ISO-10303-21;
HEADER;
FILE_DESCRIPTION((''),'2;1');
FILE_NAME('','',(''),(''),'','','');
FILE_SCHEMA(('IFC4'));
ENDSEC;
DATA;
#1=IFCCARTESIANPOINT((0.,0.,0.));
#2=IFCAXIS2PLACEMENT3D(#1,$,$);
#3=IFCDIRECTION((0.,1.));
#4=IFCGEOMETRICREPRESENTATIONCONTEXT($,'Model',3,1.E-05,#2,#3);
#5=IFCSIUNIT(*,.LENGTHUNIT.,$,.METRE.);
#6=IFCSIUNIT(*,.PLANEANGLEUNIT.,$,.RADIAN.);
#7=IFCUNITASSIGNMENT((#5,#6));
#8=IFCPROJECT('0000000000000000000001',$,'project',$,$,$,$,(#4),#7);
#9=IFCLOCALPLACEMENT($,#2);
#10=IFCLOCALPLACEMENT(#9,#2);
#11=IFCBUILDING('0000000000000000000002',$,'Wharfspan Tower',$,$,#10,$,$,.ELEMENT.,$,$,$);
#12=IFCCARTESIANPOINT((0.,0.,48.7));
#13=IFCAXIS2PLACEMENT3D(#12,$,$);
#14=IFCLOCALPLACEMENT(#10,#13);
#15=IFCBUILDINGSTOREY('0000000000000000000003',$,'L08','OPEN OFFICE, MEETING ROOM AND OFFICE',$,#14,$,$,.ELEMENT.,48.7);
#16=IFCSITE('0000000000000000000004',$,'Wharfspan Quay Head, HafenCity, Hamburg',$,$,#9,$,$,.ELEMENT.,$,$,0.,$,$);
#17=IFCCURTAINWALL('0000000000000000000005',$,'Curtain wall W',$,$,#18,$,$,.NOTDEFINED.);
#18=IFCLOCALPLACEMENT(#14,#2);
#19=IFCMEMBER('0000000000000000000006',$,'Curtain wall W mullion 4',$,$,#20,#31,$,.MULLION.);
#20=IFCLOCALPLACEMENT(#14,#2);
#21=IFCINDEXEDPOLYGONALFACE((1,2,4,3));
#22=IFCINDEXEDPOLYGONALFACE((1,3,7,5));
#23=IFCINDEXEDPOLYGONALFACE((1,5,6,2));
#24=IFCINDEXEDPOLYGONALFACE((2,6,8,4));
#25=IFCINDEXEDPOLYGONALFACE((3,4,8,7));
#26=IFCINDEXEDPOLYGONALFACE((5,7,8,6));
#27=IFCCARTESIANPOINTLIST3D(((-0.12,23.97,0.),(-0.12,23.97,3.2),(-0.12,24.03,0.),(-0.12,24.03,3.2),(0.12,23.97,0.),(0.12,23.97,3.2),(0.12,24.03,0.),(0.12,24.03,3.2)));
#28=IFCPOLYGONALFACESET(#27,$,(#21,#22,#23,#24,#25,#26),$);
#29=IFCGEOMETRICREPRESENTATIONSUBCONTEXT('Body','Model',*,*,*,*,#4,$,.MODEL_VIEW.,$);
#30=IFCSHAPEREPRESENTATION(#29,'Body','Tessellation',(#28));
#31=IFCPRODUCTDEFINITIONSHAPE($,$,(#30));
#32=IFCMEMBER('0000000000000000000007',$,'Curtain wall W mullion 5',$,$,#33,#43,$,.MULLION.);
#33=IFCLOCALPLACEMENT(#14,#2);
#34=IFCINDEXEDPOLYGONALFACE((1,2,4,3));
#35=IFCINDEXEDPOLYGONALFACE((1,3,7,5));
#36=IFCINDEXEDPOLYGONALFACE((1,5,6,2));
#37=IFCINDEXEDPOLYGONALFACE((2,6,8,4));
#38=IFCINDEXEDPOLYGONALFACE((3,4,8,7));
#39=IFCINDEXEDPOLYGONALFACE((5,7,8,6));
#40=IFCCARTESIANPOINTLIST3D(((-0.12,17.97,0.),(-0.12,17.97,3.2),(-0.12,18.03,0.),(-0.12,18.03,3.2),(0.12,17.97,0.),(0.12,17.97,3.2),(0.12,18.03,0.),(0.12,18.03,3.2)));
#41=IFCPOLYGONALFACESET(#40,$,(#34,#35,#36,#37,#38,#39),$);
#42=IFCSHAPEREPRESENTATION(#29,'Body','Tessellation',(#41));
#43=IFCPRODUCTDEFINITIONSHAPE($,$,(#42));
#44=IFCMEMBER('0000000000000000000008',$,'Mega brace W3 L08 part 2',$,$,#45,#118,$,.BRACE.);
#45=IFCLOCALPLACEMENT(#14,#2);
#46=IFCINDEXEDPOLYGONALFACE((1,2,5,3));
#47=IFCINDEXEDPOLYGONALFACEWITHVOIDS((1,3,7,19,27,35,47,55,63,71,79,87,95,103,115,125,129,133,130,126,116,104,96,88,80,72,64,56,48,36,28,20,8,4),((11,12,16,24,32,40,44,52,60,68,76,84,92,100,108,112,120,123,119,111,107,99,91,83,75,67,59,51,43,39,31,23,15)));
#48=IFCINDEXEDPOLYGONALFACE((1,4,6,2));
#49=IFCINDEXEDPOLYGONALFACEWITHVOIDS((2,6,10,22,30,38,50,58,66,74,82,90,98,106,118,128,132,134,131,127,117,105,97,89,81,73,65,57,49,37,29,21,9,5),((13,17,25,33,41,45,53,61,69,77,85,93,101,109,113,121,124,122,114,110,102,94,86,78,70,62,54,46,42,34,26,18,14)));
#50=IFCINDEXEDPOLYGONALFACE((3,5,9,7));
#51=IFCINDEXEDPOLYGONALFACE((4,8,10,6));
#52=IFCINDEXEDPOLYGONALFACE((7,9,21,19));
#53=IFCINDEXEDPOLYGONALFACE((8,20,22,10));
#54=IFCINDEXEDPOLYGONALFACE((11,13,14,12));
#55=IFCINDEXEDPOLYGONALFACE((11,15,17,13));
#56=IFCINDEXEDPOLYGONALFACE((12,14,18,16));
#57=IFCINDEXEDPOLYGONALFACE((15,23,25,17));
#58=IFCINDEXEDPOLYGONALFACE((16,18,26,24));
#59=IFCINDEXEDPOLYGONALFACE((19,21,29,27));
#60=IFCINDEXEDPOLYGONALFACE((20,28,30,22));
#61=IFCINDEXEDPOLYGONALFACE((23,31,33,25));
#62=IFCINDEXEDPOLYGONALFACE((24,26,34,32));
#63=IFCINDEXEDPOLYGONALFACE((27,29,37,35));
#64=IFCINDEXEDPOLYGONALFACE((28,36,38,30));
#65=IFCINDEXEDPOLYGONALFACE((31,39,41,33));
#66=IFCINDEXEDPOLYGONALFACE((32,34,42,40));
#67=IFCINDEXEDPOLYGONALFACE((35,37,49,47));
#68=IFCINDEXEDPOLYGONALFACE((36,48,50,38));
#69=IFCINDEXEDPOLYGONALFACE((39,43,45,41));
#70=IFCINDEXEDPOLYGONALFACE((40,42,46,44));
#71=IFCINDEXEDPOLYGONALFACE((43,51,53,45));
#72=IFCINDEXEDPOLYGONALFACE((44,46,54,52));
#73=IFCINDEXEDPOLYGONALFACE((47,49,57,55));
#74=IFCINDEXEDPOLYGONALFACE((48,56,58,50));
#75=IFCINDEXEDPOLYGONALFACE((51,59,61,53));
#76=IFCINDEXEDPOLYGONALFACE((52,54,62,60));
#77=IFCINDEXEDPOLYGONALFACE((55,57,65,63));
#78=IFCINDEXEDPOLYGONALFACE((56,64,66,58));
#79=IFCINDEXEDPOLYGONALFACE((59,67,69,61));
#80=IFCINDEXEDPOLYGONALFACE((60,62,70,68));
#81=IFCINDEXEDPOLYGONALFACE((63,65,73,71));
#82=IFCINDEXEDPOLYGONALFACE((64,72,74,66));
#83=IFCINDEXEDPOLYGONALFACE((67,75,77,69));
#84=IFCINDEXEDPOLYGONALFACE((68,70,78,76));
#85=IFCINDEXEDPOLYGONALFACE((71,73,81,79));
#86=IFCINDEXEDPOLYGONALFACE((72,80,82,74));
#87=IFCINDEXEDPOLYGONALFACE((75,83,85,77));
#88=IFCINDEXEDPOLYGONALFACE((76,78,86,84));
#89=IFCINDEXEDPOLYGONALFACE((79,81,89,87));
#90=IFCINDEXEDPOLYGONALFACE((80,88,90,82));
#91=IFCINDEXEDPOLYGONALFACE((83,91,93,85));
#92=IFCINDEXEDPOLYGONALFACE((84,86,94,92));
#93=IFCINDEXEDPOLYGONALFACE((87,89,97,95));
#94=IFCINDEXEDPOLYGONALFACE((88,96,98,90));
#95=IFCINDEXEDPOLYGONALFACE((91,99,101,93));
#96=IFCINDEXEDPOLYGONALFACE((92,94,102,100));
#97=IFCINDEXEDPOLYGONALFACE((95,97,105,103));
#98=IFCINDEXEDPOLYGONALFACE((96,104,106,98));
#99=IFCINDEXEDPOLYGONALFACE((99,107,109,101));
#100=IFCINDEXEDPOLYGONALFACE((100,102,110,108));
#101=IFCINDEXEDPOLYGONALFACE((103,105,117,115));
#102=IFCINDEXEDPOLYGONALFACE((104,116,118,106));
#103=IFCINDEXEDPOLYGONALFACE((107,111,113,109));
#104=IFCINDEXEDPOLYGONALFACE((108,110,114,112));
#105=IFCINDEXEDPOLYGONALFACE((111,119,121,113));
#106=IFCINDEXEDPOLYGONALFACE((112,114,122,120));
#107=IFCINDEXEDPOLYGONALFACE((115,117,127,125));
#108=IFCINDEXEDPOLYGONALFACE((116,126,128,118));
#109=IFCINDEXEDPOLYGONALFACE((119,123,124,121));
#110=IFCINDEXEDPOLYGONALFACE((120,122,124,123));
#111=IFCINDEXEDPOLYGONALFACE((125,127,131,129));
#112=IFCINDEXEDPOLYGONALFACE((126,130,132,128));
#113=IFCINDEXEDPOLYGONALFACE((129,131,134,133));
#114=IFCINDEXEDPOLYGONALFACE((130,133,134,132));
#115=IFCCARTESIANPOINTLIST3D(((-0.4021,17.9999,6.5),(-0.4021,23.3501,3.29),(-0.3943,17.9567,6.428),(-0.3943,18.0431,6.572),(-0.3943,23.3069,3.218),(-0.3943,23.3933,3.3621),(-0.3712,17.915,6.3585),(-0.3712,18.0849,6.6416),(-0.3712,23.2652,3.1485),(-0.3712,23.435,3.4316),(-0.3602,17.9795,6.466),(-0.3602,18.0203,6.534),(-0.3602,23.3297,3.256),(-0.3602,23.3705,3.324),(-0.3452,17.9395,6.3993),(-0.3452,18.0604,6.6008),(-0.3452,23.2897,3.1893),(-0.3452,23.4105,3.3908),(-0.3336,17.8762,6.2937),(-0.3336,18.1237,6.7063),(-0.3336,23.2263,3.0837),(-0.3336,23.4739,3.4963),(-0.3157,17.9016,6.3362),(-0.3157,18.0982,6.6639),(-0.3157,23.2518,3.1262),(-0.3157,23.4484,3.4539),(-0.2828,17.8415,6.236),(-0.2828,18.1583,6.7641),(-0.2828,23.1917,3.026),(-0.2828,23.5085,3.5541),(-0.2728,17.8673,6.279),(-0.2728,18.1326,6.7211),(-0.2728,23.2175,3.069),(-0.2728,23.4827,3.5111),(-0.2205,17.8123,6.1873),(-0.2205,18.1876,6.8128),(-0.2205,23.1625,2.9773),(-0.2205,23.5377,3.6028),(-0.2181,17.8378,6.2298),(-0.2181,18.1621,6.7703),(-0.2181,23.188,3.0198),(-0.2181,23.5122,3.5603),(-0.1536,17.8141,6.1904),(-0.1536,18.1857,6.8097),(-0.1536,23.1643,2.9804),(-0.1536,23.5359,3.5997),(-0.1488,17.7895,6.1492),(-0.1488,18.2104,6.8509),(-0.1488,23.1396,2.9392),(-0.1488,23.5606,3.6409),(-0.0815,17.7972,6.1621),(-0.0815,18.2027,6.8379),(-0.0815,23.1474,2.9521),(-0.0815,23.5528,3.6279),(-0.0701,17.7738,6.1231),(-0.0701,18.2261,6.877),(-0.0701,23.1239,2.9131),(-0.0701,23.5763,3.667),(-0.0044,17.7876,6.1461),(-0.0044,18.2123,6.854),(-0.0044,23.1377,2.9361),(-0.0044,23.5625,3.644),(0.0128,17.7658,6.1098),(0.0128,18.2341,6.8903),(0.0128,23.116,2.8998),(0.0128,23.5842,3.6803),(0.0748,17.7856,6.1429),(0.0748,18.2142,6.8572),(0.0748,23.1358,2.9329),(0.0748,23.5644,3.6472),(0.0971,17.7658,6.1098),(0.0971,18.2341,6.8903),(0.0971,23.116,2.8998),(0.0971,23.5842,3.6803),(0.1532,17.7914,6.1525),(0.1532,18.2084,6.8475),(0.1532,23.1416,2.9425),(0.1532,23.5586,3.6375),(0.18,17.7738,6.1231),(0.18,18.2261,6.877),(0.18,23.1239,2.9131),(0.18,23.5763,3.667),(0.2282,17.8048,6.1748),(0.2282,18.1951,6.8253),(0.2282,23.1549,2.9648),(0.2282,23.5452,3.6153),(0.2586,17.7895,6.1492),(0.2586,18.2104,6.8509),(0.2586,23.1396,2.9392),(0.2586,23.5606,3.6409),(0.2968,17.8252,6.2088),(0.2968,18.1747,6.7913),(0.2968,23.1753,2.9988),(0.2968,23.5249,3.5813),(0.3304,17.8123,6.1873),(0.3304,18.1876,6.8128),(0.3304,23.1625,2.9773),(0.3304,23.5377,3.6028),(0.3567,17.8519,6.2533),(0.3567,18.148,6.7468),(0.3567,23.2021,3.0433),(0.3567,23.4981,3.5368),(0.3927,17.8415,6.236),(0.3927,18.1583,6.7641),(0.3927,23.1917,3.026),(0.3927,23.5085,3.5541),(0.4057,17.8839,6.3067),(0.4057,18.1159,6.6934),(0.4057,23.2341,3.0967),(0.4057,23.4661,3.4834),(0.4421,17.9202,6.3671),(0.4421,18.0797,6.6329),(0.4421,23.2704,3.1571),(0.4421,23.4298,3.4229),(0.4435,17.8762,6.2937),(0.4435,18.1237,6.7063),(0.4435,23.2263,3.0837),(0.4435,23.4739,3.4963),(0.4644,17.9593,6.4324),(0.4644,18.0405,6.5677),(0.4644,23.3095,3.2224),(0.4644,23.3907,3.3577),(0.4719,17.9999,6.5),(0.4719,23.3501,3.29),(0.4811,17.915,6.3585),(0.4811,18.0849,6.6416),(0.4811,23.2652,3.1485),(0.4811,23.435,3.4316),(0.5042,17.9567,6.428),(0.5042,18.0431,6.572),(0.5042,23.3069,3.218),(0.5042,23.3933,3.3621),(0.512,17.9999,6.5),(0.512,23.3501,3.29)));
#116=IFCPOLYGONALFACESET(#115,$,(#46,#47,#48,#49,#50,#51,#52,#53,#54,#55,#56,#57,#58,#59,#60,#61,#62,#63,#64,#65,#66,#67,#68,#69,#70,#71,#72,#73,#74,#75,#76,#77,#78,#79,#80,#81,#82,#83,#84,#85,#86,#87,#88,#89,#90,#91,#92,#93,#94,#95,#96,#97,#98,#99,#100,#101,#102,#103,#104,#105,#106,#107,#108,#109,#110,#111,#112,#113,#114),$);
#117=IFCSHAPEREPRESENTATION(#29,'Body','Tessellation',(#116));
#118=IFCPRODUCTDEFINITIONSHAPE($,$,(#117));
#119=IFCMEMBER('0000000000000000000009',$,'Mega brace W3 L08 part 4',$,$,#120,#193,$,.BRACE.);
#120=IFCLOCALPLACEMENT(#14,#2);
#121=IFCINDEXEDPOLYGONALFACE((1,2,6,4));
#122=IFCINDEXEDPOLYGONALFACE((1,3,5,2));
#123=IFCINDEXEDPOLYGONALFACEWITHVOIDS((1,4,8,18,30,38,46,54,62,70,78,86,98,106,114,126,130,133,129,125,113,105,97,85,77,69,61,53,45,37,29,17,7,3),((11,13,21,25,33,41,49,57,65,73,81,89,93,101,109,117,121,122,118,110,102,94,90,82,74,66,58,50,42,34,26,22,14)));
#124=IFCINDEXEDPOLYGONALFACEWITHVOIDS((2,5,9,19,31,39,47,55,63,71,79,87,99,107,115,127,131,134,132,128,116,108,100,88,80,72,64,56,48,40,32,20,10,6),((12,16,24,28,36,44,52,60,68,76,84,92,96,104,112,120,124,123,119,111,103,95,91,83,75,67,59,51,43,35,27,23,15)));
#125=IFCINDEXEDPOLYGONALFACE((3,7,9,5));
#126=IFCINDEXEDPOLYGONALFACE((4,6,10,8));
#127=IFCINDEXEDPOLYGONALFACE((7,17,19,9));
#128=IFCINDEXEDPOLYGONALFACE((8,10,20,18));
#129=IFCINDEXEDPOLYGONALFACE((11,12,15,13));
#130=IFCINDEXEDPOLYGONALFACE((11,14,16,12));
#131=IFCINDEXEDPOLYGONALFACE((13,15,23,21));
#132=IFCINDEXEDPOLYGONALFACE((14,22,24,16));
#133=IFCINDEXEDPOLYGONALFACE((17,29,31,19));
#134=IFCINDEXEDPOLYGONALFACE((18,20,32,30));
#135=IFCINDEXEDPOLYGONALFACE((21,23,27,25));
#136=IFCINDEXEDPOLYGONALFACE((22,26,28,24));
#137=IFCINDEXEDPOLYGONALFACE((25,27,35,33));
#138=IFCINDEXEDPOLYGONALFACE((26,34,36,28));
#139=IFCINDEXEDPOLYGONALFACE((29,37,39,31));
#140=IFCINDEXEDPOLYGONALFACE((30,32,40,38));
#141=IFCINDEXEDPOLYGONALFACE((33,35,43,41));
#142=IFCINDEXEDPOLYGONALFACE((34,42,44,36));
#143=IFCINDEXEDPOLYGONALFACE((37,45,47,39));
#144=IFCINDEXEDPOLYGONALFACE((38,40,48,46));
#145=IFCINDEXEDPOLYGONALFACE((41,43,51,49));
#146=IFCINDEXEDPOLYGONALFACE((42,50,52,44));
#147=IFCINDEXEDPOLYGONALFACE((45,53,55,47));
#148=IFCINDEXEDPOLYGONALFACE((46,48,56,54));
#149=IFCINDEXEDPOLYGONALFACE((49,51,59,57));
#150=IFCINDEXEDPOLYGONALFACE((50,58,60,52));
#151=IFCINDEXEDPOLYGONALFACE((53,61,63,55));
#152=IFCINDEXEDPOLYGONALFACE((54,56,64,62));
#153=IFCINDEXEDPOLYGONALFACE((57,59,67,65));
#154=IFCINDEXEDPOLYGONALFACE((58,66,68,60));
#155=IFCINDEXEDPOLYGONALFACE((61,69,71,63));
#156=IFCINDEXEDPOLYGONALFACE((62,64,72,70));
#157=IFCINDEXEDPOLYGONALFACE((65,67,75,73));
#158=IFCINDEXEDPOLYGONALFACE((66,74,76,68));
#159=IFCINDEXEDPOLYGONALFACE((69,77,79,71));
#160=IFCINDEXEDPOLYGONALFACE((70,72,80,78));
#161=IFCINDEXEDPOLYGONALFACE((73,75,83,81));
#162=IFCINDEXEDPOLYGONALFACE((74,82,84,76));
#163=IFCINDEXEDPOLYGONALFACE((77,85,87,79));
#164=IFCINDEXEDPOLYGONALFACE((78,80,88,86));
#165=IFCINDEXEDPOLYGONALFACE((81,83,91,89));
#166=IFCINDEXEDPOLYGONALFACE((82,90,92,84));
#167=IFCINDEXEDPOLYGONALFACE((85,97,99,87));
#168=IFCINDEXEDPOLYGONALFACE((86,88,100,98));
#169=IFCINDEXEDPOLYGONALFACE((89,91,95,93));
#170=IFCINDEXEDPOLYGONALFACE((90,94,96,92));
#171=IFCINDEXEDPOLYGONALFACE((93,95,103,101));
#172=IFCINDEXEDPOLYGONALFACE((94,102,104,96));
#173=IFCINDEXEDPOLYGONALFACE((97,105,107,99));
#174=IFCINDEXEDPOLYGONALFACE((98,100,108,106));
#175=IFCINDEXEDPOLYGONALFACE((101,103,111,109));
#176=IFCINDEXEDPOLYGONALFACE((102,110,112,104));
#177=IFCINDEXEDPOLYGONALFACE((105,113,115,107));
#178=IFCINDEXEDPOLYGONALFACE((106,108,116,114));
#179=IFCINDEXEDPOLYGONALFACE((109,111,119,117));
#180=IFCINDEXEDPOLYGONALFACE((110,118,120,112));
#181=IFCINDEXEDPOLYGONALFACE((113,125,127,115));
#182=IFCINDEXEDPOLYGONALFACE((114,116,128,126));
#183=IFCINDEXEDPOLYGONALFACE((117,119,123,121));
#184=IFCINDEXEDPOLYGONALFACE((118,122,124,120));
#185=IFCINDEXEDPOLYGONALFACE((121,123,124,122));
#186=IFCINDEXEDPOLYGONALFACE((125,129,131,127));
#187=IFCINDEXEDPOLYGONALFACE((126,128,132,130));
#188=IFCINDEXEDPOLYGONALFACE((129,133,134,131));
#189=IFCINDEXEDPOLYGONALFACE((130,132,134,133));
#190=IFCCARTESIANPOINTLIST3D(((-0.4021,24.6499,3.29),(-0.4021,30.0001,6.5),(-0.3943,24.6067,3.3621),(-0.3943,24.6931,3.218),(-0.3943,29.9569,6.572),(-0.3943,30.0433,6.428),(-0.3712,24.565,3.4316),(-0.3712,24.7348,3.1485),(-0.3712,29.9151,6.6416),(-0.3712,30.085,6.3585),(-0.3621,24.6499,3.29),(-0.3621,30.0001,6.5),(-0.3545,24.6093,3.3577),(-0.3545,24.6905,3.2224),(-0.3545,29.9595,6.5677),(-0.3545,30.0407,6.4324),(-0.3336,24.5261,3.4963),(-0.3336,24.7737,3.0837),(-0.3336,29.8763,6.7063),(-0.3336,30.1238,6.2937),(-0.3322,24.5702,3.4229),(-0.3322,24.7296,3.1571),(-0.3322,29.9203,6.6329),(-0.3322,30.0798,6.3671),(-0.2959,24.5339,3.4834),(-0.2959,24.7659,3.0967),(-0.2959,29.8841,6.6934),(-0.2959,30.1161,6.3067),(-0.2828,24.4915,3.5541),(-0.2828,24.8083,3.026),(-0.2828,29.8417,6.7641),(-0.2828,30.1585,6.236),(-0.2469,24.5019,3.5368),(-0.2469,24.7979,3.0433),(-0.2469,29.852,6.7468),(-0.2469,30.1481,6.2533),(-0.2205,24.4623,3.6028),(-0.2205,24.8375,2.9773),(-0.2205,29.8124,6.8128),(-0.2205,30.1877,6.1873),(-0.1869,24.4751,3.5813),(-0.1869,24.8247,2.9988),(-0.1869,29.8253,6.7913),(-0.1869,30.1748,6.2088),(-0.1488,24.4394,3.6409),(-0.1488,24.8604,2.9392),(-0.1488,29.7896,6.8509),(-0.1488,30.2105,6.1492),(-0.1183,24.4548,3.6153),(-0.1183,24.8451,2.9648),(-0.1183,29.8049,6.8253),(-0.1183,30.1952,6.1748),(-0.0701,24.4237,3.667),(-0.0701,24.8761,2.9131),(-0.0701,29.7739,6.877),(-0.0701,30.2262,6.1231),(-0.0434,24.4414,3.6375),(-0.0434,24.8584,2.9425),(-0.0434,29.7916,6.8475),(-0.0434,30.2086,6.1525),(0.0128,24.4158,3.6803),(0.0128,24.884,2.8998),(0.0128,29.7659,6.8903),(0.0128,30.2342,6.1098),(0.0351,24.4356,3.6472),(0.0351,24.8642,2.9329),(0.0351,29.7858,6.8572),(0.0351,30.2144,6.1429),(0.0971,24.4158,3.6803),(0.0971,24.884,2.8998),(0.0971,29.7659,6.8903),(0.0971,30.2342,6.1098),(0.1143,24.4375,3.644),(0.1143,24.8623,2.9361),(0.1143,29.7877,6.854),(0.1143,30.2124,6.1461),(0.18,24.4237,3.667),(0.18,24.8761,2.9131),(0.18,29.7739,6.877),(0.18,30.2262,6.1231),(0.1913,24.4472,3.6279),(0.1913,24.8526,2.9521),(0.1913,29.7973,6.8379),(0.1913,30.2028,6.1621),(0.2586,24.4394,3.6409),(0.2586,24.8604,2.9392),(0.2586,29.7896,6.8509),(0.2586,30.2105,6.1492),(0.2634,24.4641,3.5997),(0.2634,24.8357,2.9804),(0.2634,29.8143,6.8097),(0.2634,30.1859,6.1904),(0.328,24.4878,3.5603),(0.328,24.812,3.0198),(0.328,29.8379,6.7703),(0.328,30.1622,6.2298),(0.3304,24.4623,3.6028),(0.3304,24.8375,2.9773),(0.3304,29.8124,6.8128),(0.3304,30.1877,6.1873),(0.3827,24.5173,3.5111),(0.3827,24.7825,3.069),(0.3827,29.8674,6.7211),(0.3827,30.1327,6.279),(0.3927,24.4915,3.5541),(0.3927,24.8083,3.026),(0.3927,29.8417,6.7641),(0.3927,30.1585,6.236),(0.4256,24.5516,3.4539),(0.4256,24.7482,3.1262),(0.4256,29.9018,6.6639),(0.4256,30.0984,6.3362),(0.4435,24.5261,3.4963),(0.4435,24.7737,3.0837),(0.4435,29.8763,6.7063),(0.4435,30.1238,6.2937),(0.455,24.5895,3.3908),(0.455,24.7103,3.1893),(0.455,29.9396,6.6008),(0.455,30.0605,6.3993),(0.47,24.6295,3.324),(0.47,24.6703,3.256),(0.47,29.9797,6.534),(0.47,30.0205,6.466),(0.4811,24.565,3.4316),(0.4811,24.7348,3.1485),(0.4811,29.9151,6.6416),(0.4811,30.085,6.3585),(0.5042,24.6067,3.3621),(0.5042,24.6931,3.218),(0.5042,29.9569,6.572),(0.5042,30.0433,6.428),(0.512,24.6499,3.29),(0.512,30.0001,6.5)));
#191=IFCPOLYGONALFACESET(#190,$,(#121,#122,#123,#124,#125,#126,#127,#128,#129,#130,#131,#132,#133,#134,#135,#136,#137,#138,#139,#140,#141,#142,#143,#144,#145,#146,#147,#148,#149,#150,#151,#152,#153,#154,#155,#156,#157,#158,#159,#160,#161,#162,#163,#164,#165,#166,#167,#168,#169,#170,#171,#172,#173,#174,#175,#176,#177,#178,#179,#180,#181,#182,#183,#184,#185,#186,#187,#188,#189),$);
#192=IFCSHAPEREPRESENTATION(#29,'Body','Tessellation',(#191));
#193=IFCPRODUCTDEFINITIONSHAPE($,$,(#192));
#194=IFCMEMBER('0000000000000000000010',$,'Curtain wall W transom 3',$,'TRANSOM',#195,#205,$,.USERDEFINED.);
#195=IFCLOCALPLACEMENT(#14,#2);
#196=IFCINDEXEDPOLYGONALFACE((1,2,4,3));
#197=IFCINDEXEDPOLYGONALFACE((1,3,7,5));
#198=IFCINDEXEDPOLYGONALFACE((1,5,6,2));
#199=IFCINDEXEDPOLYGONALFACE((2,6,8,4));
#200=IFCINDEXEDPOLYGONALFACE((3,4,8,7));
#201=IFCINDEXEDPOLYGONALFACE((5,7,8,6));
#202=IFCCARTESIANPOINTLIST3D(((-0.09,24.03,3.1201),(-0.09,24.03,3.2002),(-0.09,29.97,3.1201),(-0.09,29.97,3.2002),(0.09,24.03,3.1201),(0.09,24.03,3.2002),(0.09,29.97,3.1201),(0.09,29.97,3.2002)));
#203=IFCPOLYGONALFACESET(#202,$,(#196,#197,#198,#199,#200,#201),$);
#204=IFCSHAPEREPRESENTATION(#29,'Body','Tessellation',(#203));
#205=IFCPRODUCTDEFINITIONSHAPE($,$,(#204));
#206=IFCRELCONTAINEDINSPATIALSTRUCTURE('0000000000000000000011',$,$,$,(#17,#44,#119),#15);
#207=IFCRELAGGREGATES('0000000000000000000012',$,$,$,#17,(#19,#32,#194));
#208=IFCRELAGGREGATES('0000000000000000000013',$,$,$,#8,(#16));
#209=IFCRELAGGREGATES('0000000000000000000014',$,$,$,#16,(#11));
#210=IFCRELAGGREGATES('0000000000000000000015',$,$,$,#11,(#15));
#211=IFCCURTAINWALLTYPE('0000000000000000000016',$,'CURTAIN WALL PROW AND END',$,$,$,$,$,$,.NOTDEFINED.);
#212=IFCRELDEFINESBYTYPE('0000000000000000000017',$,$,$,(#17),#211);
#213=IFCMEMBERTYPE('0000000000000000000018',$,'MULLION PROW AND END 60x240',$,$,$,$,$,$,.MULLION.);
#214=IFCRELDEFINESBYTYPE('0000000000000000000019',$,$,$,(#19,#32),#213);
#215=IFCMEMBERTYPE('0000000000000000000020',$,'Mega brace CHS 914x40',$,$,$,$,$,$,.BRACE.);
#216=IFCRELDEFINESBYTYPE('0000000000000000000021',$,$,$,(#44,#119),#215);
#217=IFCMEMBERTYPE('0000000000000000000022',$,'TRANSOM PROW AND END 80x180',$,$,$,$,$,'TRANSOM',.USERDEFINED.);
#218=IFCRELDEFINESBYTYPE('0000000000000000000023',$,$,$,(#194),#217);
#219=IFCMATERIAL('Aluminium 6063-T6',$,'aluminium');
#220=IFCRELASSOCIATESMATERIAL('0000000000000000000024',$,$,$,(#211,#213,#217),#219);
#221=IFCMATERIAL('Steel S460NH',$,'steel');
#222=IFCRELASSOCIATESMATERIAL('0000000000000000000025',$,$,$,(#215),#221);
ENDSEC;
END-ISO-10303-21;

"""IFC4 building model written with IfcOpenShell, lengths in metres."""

from ifc_helpers import new_model, si_unit, direction, frame, origin, origin_2d, place, context, subcontext, project, spatial, rectangle, hollow_circle, extrude, material, material_profile, profile_set, type_object, element, aggregate, save


model = new_model("IFC4")

# Units and contexts
model_context = context("Model", 3, precision=1e-05, world=origin(), true_north=direction((0.0, 1.0)))
body_context = subcontext(model_context, "Body", "Model", "MODEL_VIEW")
ifc_project = project(units=[si_unit("LENGTHUNIT", "METRE"), si_unit("PLANEANGLEUNIT", "RADIAN")], contexts=[model_context])

# Site, building, storey
site_placement = place(None, origin())
site = spatial("IfcSite", under=ifc_project, at=site_placement, Name="Wharfspan Quay Head, HafenCity, Hamburg", CompositionType="ELEMENT", RefElevation=0.0)
building_placement = place(site_placement, origin())
building = spatial("IfcBuilding", under=site, at=building_placement, Name="Wharfspan Tower", CompositionType="ELEMENT")
storey_placement = place(building_placement, frame((0.0, 0.0, 48.7)))
storey = spatial("IfcBuildingStorey", under=building, at=storey_placement, Name="L08", Description="OPEN OFFICE, MEETING ROOM AND OFFICE", CompositionType="ELEMENT", Elevation=48.7)

# Shared definitions
ifc_material_1 = material(Name="Steel S460NH", Category="steel")

# Curtain wall, members
ifc_material_2 = material(Name="Aluminium 6063-T6", Category="aluminium")
curtain_wall_type = type_object("IfcCurtainWallType", Name="CURTAIN WALL PROW AND END", PredefinedType="NOTDEFINED", material=ifc_material_2)
curtain_wall_placement = place(storey_placement, origin())
curtain_wall = element("IfcCurtainWall", 1, at=curtain_wall_placement, inside=storey, type_object=curtain_wall_type, Name="Curtain wall W", PredefinedType="NOTDEFINED")
ifc_material_profile_1 = material_profile(ifc_material_2, rectangle(XDim=0.24, YDim=0.0601, at=origin_2d()))
ifc_profile_set_1 = profile_set([ifc_material_profile_1], Name="Aluminium 6063-T6")
member_type_1 = type_object("IfcMemberType", Name="MULLION PROW AND END 60x240", PredefinedType="MULLION", material=ifc_profile_set_1)
member_1_placement = place(storey_placement, frame((0.0, 24.0, 0.0), z_axis=(0.0, 0.0, 1.0), x_axis=(1.0, 0.0, 0.0)))
member_1 = element("IfcMember", 2, at=member_1_placement, type_object=member_type_1, Name="Curtain wall W mullion 4", PredefinedType="MULLION", context=body_context, shape_type="SweptSolid", body=[
    extrude(rectangle(XDim=0.24, YDim=0.0601, at=origin_2d()), origin(), (0.0, 0.0, 1.0), 3.2),
])
member_2_placement = place(storey_placement, frame((0.0, 18.0, 0.0), z_axis=(0.0, 0.0, 1.0), x_axis=(1.0, 0.0, 0.0)))
member_2 = element("IfcMember", 3, at=member_2_placement, type_object=member_type_1, Name="Curtain wall W mullion 5", PredefinedType="MULLION", context=body_context, shape_type="SweptSolid", body=[
    extrude(rectangle(XDim=0.24, YDim=0.0601, at=origin_2d()), origin(), (0.0, 0.0, 1.0), 3.2),
])

# Members
ifc_material_profile_2 = material_profile(ifc_material_1, hollow_circle(Radius=0.457, WallThickness=0.04, at=origin_2d()))
ifc_profile_set_2 = profile_set([ifc_material_profile_2], Name="Steel S460NH")
member_type_2 = type_object("IfcMemberType", Name="Mega brace CHS 914x40", PredefinedType="BRACE", material=ifc_profile_set_2)
for number, where, z_axis, x_axis, name in (
    (4, (0.0549, 23.3501, 3.29), (0.0, -0.8575, 0.514484), (1.0, 0.0, 0.0), "Mega brace W3 L08 part 2"),
    (5, (0.0549, 24.6499, 3.29), (0.0, 0.8575, 0.514484), (-1.0, 0.0, 0.0), "Mega brace W3 L08 part 4"),
):
    element("IfcMember", number, at=place(storey_placement, frame(where, z_axis=z_axis, x_axis=x_axis)), inside=storey, type_object=member_type_2, Name=name, PredefinedType="BRACE", context=body_context, shape_type="SweptSolid", body=[
        extrude(hollow_circle(Radius=0.457, WallThickness=0.04, at=origin_2d()), origin(), (0.0, 0.0, 1.0), 6.2393),
    ])

# Member
ifc_material_profile_3 = material_profile(ifc_material_2, rectangle(XDim=0.1799, YDim=0.0801, at=origin_2d()))
ifc_profile_set_3 = profile_set([ifc_material_profile_3], Name="Aluminium 6063-T6")
member_type_3 = type_object("IfcMemberType", Name="TRANSOM PROW AND END 80x180", ElementType="TRANSOM", PredefinedType="USERDEFINED", material=ifc_profile_set_3)
member_3_placement = place(storey_placement, frame((0.0, 29.97, 3.1602), z_axis=(0.0, -1.0, 0.0), x_axis=(1.0, 0.0, 0.0)))
member_3 = element("IfcMember", 6, at=member_3_placement, type_object=member_type_3, Name="Curtain wall W transom 3", ObjectType="TRANSOM", PredefinedType="USERDEFINED", context=body_context, shape_type="SweptSolid", body=[
    extrude(rectangle(XDim=0.1799, YDim=0.0801, at=origin_2d()), origin(), (0.0, 0.0, 1.0), 5.9399),
])

aggregate(curtain_wall, [member_1, member_2, member_3])

save(model, "model.ifc")
